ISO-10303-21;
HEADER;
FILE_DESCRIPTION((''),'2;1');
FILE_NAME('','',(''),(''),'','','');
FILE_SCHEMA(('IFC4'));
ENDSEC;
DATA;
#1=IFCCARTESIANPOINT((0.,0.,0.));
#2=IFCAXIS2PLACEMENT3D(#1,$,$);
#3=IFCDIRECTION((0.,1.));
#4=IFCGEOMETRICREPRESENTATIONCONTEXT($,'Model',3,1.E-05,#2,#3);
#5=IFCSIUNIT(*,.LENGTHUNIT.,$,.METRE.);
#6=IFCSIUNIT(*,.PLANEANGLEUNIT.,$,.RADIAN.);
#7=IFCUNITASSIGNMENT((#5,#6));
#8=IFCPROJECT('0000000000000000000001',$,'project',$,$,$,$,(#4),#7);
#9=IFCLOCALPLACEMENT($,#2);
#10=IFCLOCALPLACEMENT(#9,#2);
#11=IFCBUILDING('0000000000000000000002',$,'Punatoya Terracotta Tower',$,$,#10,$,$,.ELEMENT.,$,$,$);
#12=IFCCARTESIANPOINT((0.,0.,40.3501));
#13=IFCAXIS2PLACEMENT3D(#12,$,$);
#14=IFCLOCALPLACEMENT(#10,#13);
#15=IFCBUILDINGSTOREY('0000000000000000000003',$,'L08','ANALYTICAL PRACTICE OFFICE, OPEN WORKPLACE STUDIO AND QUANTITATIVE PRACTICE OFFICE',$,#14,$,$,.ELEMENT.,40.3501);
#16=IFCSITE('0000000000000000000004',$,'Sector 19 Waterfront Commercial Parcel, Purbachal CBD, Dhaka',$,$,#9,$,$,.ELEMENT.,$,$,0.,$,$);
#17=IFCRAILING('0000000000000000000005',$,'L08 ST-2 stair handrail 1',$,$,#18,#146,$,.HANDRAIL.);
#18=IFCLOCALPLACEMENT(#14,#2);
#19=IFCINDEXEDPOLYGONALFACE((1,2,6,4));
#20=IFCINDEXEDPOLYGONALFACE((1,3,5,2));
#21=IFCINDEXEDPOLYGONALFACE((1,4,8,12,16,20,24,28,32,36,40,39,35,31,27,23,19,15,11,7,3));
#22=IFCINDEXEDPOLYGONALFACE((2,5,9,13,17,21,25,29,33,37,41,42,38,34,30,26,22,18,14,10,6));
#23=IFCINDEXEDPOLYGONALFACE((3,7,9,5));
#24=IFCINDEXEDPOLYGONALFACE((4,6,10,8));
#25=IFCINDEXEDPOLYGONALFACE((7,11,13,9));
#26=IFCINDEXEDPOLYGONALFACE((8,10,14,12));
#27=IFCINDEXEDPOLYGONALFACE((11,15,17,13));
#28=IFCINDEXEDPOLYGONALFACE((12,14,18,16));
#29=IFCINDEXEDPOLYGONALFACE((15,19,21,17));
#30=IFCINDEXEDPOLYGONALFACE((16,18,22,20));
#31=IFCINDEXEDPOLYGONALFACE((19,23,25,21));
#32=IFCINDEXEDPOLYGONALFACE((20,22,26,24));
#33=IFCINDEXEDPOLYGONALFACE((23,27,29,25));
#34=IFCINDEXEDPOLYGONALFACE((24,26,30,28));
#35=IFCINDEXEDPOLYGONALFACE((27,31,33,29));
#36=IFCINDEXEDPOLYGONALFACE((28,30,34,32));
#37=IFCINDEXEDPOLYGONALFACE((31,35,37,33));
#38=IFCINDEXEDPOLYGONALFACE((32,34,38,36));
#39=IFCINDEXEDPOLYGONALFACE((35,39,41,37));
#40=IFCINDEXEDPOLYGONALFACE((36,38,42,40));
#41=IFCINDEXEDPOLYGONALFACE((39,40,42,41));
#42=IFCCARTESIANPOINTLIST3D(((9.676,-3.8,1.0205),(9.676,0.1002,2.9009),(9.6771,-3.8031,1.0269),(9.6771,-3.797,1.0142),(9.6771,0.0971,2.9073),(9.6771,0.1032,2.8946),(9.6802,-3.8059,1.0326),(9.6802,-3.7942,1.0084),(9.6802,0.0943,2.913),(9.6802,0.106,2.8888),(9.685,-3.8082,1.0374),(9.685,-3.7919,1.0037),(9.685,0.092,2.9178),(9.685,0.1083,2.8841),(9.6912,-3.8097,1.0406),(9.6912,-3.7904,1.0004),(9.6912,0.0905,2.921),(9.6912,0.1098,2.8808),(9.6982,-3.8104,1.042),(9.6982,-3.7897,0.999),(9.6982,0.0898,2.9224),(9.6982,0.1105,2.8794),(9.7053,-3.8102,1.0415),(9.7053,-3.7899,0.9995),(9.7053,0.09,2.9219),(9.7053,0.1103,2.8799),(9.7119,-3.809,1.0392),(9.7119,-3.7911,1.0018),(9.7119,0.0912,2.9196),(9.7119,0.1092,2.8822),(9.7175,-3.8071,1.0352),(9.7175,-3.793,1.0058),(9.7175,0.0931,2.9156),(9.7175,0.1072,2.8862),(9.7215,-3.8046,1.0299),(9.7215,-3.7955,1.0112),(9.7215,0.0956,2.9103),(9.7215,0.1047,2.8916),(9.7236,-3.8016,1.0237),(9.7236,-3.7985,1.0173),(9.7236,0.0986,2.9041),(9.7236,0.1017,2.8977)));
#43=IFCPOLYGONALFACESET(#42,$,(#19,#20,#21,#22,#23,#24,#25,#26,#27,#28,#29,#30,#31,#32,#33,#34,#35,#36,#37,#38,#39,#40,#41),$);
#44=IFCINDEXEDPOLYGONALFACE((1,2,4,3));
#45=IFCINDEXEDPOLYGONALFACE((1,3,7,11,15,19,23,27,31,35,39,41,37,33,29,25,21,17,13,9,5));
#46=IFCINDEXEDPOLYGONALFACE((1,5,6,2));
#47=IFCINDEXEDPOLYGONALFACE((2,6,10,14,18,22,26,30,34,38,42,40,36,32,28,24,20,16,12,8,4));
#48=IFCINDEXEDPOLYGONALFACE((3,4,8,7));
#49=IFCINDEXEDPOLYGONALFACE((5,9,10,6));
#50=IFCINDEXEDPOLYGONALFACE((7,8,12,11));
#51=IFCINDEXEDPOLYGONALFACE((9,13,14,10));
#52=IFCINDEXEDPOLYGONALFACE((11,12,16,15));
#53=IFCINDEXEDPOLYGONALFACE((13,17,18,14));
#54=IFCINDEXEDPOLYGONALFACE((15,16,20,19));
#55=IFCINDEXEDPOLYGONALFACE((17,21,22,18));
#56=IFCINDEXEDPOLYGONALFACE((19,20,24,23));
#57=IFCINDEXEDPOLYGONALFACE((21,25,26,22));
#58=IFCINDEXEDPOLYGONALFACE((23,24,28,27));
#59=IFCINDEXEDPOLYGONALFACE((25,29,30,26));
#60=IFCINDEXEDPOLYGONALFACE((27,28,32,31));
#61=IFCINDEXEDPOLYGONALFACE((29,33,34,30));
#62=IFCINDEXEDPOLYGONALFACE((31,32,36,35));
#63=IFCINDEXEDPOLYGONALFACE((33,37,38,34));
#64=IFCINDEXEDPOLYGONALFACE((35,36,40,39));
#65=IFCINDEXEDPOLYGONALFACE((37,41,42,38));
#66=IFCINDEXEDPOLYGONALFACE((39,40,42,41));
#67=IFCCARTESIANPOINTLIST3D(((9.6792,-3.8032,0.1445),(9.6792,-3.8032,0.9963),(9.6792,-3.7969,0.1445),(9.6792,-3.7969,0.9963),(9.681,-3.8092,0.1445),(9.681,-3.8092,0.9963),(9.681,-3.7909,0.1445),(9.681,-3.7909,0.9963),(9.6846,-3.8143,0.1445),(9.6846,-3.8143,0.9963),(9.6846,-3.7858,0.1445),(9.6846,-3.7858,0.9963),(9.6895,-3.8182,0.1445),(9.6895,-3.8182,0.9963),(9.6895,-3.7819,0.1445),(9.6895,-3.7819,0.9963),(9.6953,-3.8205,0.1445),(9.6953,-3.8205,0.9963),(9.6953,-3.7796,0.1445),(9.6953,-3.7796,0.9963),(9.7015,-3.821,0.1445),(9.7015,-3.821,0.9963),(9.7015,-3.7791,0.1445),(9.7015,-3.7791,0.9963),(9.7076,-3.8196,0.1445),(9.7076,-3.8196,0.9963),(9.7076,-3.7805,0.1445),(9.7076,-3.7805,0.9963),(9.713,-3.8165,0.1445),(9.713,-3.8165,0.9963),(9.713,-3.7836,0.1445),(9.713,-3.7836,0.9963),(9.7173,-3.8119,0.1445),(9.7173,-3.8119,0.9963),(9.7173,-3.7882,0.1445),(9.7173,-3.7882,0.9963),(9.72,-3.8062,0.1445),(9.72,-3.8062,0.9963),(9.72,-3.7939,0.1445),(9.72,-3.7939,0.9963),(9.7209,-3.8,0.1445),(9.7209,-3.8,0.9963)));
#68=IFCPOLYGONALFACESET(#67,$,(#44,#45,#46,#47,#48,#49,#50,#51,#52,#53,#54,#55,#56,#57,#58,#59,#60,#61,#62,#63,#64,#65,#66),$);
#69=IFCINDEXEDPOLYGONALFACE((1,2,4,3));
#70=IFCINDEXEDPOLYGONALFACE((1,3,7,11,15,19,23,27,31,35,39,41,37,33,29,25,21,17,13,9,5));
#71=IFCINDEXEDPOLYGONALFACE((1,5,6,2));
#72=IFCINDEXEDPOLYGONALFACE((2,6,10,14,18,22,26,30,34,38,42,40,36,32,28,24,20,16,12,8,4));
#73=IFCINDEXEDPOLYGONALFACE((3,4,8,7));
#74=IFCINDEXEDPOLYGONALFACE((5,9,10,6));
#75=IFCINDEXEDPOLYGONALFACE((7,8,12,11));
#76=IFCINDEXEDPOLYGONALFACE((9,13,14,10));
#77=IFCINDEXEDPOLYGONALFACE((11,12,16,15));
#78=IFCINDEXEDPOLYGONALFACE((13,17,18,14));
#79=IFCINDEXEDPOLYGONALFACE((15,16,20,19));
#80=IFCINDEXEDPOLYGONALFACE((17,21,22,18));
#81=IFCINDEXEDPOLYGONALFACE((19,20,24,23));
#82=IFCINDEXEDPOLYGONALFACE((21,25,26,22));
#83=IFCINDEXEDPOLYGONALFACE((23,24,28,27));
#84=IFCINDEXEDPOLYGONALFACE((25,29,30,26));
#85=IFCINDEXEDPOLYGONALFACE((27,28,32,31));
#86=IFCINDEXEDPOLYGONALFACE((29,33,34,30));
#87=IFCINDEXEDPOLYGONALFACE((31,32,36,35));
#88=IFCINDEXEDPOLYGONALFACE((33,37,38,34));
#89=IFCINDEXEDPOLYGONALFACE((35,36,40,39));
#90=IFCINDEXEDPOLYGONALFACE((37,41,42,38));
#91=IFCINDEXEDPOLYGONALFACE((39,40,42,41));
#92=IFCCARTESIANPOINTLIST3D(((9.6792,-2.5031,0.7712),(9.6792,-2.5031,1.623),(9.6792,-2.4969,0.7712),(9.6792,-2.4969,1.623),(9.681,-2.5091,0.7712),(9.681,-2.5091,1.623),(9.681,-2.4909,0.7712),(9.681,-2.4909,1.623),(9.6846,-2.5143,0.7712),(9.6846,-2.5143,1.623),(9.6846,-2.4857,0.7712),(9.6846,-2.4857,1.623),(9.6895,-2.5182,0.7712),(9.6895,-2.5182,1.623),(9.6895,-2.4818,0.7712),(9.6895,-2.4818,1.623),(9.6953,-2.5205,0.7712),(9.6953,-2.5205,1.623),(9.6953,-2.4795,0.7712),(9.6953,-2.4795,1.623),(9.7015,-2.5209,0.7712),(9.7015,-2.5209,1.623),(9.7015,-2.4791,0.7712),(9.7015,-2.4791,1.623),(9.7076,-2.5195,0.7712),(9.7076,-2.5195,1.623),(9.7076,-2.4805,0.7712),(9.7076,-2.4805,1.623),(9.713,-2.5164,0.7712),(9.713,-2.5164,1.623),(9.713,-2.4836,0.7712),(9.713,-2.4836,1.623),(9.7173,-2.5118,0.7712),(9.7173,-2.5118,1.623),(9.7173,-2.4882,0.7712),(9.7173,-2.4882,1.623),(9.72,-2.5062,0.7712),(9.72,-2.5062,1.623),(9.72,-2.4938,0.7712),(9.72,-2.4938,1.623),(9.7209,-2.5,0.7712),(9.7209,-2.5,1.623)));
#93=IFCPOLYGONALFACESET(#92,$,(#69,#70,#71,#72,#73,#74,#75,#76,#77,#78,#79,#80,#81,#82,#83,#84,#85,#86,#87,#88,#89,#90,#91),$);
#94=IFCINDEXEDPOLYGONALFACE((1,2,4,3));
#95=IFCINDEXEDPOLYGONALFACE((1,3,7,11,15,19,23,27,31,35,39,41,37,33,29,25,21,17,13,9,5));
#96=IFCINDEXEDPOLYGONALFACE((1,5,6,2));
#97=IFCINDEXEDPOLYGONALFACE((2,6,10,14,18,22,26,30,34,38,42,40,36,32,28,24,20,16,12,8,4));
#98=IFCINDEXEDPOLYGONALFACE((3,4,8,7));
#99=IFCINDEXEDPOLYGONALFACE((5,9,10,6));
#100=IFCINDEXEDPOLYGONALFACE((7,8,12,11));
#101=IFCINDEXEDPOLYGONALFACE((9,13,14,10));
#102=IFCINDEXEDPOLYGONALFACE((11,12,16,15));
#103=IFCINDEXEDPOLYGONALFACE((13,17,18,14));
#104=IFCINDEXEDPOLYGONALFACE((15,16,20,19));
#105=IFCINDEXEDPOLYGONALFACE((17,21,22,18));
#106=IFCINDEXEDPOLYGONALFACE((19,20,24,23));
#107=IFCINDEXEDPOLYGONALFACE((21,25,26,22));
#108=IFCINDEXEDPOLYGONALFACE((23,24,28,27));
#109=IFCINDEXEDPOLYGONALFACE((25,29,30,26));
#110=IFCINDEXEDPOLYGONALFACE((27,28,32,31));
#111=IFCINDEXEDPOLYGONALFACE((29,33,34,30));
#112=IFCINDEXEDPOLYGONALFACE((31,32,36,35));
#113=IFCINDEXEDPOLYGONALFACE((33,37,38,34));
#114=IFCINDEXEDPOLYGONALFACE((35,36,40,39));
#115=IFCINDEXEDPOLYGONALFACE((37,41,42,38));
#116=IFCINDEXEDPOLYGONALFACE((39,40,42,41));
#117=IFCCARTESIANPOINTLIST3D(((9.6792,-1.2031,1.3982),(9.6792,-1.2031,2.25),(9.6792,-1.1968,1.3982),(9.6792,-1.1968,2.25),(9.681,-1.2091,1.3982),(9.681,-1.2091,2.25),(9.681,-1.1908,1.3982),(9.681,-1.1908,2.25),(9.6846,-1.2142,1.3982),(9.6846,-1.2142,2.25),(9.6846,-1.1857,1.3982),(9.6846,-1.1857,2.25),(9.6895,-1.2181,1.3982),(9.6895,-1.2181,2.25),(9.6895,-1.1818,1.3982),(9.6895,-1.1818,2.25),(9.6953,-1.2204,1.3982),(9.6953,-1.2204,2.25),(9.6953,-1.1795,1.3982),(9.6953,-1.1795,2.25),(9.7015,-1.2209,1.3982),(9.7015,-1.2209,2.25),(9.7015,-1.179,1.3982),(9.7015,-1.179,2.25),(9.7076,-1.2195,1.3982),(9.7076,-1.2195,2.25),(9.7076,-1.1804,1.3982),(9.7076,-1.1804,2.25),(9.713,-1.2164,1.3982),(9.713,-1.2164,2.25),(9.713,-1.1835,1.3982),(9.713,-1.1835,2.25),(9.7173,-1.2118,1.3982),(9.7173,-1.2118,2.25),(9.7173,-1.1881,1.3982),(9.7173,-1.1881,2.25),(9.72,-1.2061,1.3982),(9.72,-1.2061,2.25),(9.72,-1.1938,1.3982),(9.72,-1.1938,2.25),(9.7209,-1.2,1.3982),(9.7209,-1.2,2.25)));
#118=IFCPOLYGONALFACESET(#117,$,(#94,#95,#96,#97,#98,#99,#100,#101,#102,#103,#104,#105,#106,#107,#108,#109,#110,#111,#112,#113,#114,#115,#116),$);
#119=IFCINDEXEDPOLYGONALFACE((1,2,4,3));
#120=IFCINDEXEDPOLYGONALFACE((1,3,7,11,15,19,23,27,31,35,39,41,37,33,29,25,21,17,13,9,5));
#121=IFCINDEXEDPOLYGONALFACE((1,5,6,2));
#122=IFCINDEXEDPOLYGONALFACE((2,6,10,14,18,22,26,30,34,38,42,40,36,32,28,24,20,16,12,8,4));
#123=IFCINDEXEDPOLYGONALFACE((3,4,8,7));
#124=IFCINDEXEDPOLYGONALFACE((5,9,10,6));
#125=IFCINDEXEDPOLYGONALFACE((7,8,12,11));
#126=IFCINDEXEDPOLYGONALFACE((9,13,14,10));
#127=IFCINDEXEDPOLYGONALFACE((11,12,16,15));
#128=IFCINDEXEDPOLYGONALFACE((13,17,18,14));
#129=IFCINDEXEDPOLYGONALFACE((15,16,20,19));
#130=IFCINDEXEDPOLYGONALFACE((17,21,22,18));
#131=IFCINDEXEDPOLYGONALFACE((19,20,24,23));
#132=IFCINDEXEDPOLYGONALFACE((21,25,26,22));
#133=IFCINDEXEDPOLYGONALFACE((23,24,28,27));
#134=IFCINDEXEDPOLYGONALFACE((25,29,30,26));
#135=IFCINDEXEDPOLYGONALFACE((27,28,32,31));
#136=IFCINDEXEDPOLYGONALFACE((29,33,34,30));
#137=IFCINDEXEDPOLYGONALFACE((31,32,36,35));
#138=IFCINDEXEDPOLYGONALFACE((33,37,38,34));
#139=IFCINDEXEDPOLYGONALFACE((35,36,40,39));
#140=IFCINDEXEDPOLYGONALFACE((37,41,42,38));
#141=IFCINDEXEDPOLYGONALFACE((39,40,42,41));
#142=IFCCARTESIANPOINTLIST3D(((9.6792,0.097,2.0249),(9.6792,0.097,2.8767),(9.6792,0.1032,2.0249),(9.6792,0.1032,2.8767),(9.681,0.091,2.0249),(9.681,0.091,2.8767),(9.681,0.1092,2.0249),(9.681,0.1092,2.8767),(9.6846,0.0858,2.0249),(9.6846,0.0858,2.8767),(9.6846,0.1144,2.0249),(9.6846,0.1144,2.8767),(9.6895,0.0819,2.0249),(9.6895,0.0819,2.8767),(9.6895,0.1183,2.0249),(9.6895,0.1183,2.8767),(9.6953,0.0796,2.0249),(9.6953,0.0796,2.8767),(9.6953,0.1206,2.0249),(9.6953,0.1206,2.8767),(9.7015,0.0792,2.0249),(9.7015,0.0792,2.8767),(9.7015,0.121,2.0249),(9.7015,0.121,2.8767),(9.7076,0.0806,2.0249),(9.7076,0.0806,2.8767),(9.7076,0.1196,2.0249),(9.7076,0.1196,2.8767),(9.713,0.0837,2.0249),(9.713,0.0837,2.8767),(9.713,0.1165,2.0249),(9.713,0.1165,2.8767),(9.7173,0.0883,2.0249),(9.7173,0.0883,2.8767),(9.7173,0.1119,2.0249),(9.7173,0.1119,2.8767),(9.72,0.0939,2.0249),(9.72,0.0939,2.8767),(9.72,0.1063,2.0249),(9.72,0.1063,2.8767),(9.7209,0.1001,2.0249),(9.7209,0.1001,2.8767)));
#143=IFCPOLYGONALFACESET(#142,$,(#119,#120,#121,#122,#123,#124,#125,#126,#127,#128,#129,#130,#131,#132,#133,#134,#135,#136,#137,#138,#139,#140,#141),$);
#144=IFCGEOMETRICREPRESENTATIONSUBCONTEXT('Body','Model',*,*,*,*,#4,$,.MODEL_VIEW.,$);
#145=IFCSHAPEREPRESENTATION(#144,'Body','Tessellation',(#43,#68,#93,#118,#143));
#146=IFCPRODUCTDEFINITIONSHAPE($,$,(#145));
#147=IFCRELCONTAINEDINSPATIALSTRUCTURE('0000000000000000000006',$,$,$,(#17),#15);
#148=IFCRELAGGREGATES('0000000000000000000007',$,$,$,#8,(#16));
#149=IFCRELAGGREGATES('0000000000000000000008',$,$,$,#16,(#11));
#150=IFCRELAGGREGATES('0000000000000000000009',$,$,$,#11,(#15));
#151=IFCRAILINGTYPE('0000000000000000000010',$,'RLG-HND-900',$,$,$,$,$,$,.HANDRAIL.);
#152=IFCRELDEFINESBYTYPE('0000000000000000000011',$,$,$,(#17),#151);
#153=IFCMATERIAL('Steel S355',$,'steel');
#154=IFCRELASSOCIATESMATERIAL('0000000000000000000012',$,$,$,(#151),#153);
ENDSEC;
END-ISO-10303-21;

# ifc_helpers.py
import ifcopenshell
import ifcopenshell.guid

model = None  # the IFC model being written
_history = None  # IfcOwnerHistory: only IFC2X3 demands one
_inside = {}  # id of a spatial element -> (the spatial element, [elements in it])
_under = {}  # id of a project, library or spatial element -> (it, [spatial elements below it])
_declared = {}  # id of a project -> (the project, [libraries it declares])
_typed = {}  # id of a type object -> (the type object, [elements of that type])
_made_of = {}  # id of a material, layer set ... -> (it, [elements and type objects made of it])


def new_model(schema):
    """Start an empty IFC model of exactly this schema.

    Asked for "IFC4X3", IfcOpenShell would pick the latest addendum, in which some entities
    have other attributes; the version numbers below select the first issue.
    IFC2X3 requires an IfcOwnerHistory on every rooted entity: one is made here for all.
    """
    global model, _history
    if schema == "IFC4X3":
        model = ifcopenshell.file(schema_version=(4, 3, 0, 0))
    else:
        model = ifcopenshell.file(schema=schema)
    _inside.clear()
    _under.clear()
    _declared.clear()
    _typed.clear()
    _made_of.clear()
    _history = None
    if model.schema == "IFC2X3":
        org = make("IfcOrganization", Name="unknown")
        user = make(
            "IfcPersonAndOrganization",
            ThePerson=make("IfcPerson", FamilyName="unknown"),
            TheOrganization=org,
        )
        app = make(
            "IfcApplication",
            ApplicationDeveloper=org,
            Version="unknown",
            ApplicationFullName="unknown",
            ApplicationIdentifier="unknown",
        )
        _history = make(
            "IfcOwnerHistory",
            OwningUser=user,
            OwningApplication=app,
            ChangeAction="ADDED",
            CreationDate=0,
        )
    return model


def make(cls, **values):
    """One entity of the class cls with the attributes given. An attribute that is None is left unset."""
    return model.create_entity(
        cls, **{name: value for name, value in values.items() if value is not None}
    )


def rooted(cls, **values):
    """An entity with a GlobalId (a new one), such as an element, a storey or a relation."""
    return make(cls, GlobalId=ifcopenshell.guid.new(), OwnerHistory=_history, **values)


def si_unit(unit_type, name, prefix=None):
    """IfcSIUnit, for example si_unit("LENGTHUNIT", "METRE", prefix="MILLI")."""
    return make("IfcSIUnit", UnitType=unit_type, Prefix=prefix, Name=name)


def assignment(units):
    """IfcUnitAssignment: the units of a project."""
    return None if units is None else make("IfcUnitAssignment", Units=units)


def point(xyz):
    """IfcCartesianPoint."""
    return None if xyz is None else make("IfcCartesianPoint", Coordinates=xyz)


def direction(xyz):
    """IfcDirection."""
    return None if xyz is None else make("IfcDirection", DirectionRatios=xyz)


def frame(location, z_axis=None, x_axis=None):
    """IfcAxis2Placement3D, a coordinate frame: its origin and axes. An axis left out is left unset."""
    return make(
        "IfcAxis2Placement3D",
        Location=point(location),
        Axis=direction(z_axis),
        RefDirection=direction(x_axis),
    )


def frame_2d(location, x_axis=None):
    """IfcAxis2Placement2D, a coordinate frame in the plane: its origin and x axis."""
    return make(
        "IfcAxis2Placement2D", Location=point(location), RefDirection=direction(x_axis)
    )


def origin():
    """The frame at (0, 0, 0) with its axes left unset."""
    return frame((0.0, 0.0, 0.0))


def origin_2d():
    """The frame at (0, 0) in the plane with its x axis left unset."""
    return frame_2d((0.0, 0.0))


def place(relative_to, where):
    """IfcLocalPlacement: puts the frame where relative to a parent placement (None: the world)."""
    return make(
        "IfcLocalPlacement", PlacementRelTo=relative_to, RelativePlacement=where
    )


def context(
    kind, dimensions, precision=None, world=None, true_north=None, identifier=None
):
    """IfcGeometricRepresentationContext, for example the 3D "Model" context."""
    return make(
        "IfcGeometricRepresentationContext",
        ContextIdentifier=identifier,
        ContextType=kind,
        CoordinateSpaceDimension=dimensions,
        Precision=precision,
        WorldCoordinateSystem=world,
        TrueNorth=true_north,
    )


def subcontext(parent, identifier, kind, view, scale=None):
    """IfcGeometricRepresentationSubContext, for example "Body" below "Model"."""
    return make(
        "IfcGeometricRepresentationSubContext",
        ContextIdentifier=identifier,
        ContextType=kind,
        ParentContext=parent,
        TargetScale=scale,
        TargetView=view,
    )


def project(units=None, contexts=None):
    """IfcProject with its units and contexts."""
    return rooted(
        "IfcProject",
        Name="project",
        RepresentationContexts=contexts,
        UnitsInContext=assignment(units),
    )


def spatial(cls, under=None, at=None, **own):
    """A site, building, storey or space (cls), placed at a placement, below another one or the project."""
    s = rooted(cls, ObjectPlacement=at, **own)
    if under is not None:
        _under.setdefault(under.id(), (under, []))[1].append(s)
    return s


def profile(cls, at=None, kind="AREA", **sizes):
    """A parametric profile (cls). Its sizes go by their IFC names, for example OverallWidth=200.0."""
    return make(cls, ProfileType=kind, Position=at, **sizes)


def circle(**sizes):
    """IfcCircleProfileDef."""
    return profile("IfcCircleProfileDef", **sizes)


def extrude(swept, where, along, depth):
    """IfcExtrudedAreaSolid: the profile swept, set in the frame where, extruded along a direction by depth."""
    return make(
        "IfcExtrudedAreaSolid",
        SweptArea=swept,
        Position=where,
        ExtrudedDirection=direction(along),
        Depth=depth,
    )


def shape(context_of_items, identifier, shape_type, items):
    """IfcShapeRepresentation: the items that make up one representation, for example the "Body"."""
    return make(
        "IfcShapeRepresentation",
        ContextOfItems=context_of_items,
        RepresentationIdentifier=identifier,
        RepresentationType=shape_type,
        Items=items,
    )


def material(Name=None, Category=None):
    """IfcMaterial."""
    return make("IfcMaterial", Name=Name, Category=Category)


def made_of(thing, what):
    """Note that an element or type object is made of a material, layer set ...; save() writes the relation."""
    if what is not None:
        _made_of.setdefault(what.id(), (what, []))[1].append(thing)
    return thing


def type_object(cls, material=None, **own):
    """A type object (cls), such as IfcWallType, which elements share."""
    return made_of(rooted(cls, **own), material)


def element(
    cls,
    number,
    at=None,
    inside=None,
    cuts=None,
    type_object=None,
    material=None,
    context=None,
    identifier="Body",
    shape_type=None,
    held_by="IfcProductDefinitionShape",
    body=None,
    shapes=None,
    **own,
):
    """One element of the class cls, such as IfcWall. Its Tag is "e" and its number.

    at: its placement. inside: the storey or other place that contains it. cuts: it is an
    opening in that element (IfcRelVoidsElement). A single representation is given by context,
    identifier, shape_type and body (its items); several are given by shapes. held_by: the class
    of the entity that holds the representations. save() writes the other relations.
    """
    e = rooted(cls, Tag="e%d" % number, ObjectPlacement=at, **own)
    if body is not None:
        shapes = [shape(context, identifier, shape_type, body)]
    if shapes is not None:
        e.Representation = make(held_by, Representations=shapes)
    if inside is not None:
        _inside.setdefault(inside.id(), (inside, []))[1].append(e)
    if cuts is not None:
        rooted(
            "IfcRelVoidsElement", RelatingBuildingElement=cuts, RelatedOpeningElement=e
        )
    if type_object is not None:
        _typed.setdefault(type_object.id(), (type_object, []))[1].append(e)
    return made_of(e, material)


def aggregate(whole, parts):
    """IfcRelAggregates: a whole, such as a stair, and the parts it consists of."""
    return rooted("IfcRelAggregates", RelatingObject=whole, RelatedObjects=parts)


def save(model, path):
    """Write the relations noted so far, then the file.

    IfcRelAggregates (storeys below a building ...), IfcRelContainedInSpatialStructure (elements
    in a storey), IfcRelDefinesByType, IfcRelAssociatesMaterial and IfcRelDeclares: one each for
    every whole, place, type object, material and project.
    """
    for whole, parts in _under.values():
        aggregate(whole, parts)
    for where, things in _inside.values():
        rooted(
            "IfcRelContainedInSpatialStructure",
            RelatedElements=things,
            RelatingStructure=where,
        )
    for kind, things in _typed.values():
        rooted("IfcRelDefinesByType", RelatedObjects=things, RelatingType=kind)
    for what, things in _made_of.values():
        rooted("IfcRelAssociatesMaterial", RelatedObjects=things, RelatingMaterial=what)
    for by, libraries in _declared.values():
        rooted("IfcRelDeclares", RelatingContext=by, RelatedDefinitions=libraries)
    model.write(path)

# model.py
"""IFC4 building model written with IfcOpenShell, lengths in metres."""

from ifc_helpers import new_model, si_unit, direction, frame, origin, origin_2d, place, context, subcontext, project, spatial, circle, extrude, material, type_object, element, save


model = new_model("IFC4")

# Units and contexts
model_context = context("Model", 3, precision=1e-05, world=origin(), true_north=direction((0.0, 1.0)))
body_context = subcontext(model_context, "Body", "Model", "MODEL_VIEW")
ifc_project = project(units=[si_unit("LENGTHUNIT", "METRE"), si_unit("PLANEANGLEUNIT", "RADIAN")], contexts=[model_context])

# Site, building, storey
site_placement = place(None, origin())
site = spatial("IfcSite", under=ifc_project, at=site_placement, Name="Sector 19 Waterfront Commercial Parcel, Purbachal CBD, Dhaka", CompositionType="ELEMENT", RefElevation=0.0)
building_placement = place(site_placement, origin())
building = spatial("IfcBuilding", under=site, at=building_placement, Name="Punatoya Terracotta Tower", CompositionType="ELEMENT")
storey_placement = place(building_placement, frame((0.0, 0.0, 40.3501)))
storey = spatial("IfcBuildingStorey", under=building, at=storey_placement, Name="L08", Description="ANALYTICAL PRACTICE OFFICE, OPEN WORKPLACE STUDIO AND QUANTITATIVE PRACTICE OFFICE", CompositionType="ELEMENT", Elevation=40.3501)

# Shared definitions
ifc_material_1 = material(Name="Steel S355", Category="steel")

# Railing
railing_type_1 = type_object("IfcRailingType", Name="RLG-HND-900", PredefinedType="HANDRAIL", material=ifc_material_1)
railing_1_placement = place(storey_placement, frame((9.7, -3.8, 0.1445)))
element("IfcRailing", 1, at=railing_1_placement, inside=storey, type_object=railing_type_1, Name="L08 ST-2 stair handrail 1", PredefinedType="HANDRAIL", context=body_context, shape_type="SweptSolid", body=[
    extrude(circle(Radius=0.0239, at=origin_2d()), frame((0.0, 0.0, 0.876), z_axis=(0.0, 0.900774, 0.434289), x_axis=(-1.0, 0.0, 0.0)), (0.0, 0.0, 1.0), 4.3298),
    extrude(circle(Radius=0.021, at=origin_2d()), origin(), (0.0, 0.0, 1.0), 0.8518),
    extrude(circle(Radius=0.021, at=origin_2d()), frame((0.0, 1.3, 0.6267)), (0.0, 0.0, 1.0), 0.8518),
    extrude(circle(Radius=0.021, at=origin_2d()), frame((0.0, 2.6001, 1.2537)), (0.0, 0.0, 1.0), 0.8518),
    extrude(circle(Radius=0.021, at=origin_2d()), frame((0.0, 3.9001, 1.8804)), (0.0, 0.0, 1.0), 0.8518),
])

save(model, "model.ifc")
